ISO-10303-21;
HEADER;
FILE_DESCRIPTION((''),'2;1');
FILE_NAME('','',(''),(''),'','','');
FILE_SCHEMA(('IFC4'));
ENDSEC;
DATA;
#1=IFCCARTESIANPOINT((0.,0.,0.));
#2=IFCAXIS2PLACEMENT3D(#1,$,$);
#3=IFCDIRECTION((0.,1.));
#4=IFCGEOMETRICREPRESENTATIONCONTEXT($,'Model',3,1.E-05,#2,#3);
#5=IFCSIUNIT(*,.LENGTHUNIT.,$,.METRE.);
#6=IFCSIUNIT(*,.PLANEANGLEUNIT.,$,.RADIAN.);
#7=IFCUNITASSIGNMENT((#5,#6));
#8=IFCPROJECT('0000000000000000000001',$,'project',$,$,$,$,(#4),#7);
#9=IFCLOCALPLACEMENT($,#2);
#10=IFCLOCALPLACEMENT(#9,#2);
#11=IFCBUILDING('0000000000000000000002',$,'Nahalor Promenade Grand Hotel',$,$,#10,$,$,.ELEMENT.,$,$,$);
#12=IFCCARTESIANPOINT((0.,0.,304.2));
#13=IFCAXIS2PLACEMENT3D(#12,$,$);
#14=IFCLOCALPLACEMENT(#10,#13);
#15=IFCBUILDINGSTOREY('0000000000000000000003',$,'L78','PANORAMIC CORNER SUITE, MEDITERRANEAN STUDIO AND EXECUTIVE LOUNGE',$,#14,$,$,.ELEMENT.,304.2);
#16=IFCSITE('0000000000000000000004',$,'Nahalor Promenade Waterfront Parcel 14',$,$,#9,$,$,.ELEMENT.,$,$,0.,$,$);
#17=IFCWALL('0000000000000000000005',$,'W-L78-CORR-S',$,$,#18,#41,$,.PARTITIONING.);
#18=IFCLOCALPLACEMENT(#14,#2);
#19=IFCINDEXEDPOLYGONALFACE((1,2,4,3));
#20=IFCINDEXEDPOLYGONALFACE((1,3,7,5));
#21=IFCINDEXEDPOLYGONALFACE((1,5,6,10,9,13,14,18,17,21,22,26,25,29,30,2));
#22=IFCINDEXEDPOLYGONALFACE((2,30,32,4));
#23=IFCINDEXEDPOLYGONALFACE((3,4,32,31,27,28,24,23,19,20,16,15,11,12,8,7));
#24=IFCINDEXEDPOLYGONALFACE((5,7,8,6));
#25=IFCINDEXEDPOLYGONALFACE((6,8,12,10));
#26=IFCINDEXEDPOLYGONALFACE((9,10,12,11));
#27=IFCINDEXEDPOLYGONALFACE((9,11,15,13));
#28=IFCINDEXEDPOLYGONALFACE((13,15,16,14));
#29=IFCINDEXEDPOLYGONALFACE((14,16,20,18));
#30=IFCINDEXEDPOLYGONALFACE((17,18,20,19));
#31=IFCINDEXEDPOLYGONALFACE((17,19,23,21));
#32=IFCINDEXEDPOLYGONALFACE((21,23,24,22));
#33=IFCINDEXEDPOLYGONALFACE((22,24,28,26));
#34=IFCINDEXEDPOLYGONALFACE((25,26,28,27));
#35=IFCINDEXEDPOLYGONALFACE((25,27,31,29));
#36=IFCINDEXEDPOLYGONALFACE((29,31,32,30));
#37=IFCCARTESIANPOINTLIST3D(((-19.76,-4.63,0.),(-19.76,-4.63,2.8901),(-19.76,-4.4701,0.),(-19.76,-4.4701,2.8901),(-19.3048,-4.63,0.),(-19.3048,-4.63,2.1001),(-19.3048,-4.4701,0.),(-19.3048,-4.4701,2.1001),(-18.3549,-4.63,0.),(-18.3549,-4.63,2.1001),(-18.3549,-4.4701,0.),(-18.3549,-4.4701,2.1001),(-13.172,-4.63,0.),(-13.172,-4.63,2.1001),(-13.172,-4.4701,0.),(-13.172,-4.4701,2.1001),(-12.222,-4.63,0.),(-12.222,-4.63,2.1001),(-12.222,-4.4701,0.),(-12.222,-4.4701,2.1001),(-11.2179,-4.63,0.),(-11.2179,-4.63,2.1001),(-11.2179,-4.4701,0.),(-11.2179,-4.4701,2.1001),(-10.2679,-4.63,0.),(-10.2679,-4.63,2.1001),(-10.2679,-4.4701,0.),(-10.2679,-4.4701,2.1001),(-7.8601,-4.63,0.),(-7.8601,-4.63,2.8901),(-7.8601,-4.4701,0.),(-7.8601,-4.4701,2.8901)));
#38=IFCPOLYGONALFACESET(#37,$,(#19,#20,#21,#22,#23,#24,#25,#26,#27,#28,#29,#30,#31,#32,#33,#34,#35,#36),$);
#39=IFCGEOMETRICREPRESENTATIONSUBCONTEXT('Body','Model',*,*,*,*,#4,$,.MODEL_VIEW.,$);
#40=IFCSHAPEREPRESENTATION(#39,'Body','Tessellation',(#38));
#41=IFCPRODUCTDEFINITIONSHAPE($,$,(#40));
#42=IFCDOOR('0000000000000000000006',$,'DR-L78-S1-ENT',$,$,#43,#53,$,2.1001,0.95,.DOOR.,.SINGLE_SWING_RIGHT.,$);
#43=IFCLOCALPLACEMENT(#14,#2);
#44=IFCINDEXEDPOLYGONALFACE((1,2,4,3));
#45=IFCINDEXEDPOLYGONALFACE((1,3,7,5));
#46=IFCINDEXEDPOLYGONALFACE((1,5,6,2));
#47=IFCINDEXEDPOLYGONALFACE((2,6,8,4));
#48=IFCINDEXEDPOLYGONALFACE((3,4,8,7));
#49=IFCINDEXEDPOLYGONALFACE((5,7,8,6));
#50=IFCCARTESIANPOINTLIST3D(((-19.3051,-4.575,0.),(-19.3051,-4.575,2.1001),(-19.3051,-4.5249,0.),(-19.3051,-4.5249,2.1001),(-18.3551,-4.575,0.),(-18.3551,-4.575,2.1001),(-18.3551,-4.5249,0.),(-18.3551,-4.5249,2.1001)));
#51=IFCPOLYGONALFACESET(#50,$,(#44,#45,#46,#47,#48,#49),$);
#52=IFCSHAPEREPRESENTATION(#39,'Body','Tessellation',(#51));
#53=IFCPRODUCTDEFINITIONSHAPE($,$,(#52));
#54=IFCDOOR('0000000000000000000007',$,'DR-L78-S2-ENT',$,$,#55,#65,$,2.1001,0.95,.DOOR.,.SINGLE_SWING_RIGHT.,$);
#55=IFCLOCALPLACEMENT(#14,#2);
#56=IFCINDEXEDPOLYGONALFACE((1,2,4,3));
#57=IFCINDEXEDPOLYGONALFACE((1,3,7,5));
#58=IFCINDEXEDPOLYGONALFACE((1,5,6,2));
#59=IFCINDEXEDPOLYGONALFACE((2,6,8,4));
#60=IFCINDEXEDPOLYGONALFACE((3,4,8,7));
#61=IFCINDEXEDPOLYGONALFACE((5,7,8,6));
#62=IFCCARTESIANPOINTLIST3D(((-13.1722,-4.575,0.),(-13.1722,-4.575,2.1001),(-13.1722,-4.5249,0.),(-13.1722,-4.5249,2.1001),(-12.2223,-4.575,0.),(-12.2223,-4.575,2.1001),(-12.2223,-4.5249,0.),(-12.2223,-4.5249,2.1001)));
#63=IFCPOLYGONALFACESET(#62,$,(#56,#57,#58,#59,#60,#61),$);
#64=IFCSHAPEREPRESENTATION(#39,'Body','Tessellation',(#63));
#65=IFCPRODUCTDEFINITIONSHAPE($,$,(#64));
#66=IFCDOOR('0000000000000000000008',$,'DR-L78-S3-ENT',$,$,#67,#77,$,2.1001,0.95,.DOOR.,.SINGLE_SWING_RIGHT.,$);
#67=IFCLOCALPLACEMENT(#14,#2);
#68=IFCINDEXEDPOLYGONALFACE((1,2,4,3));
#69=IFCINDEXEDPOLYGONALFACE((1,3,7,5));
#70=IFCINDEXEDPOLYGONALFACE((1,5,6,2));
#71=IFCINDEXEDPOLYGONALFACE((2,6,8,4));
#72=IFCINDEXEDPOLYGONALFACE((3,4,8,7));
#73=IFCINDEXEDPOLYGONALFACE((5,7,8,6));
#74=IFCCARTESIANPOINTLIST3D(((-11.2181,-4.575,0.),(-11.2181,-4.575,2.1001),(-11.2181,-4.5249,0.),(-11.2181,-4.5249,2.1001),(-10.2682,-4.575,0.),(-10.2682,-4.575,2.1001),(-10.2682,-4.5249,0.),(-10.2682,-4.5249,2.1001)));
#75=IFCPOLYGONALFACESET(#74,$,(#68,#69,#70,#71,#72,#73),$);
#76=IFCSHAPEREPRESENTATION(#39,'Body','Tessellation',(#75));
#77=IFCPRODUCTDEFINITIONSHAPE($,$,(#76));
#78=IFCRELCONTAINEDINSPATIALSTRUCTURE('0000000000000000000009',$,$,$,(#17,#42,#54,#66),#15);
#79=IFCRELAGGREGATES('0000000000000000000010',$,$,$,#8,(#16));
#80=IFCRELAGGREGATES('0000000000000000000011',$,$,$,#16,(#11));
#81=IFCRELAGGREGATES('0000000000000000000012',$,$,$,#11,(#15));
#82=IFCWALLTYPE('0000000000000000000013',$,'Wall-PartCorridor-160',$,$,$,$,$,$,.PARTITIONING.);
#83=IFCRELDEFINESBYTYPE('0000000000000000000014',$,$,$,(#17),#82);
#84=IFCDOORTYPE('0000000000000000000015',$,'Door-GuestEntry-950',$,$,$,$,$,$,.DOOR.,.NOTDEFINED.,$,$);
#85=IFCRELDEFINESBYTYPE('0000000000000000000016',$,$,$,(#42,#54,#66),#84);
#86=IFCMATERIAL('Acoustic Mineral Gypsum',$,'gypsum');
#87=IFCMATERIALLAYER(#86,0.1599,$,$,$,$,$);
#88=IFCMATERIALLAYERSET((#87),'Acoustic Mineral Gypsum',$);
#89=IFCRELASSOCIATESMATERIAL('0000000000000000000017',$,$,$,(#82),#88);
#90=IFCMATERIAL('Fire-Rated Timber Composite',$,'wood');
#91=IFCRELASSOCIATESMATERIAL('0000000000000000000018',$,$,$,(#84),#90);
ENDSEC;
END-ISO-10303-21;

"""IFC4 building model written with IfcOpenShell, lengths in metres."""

from ifc_helpers import new_model, si_unit, direction, frame, frame_2d, origin, place, context, subcontext, project, spatial, rectangle, extrude, source, transform, mapped, material, layer, layer_set, type_object, element, fill, save


model = new_model("IFC4")

# Units and contexts
model_context = context("Model", 3, precision=1e-05, world=origin(), true_north=direction((0.0, 1.0)))
body_context = subcontext(model_context, "Body", "Model", "MODEL_VIEW")
ifc_project = project(units=[si_unit("LENGTHUNIT", "METRE"), si_unit("PLANEANGLEUNIT", "RADIAN")], contexts=[model_context])

# Site, building, storey
site_placement = place(None, origin())
site = spatial("IfcSite", under=ifc_project, at=site_placement, Name="Nahalor Promenade Waterfront Parcel 14", CompositionType="ELEMENT", RefElevation=0.0)
building_placement = place(site_placement, origin())
building = spatial("IfcBuilding", under=site, at=building_placement, Name="Nahalor Promenade Grand Hotel", CompositionType="ELEMENT")
storey_placement = place(building_placement, frame((0.0, 0.0, 304.2)))
storey = spatial("IfcBuildingStorey", under=building, at=storey_placement, Name="L78", Description="PANORAMIC CORNER SUITE, MEDITERRANEAN STUDIO AND EXECUTIVE LOUNGE", CompositionType="ELEMENT", Elevation=304.2)

# Wall, openings, doors
ifc_material_1 = material(Name="Acoustic Mineral Gypsum", Category="gypsum")
ifc_layer_1 = layer(ifc_material_1, 0.1599)
ifc_layer_set_1 = layer_set([ifc_layer_1], Name="Acoustic Mineral Gypsum")
wall_type = type_object("IfcWallType", Name="Wall-PartCorridor-160", PredefinedType="PARTITIONING", material=ifc_layer_set_1)
shared_shape_1 = source(origin(), body_context, "Body", "SweptSolid", [
    extrude(rectangle(XDim=11.8999, YDim=0.1599, at=frame_2d((5.95, 0.0))), origin(), (0.0, 0.0, 1.0), 2.8901),
])
wall_placement = place(storey_placement, frame((-19.76, -4.55, 0.0), z_axis=(0.0, 0.0, 1.0), x_axis=(1.0, 0.0, 0.0)))
wall = element("IfcWall", 1, at=wall_placement, inside=storey, type_object=wall_type, Name="W-L78-CORR-S", PredefinedType="PARTITIONING", context=body_context, shape_type="MappedRepresentation", body=[
    mapped(shared_shape_1, transform((0.0, 0.0, 0.0), scale=1.0)),
])
opening_1_placement = place(wall_placement, frame((0.4551, 0.0, 0.0)))
opening_1 = element("IfcOpeningElement", 2, at=opening_1_placement, cuts=wall, PredefinedType="OPENING", context=body_context, shape_type="SweptSolid", body=[
    extrude(rectangle(XDim=0.95, YDim=2.1001, at=frame_2d((0.4751, 1.05))), frame((0.0, 0.0898, 0.0), z_axis=(0.0, -1.0, 0.0), x_axis=(1.0, 0.0, 0.0)), (0.0, 0.0, 1.0), 0.1799),
])
opening_2_placement = place(wall_placement, frame((6.5879, 0.0, 0.0)))
opening_2 = element("IfcOpeningElement", 3, at=opening_2_placement, cuts=wall, PredefinedType="OPENING", context=body_context, shape_type="SweptSolid", body=[
    extrude(rectangle(XDim=0.95, YDim=2.1001, at=frame_2d((0.4751, 1.05))), frame((0.0, 0.0898, 0.0), z_axis=(0.0, -1.0, 0.0), x_axis=(1.0, 0.0, 0.0)), (0.0, 0.0, 1.0), 0.1799),
])
opening_3_placement = place(wall_placement, frame((8.542, 0.0, 0.0)))
opening_3 = element("IfcOpeningElement", 4, at=opening_3_placement, cuts=wall, PredefinedType="OPENING", context=body_context, shape_type="SweptSolid", body=[
    extrude(rectangle(XDim=0.95, YDim=2.1001, at=frame_2d((0.4751, 1.05))), frame((0.0, 0.0898, 0.0), z_axis=(0.0, -1.0, 0.0), x_axis=(1.0, 0.0, 0.0)), (0.0, 0.0, 1.0), 0.1799),
])
ifc_material_2 = material(Name="Fire-Rated Timber Composite", Category="wood")
door_type = type_object("IfcDoorType", Name="Door-GuestEntry-950", OperationType="NOTDEFINED", PredefinedType="DOOR", material=ifc_material_2)
shared_shape_2 = source(origin(), body_context, "Body", "SweptSolid", [
    extrude(rectangle(XDim=0.95, YDim=2.1001, at=frame_2d((0.4751, 1.05))), frame((0.0, 0.0249, 0.0), z_axis=(0.0, -1.0, 0.0), x_axis=(1.0, 0.0, 0.0)), (0.0, 0.0, 1.0), 0.05),
])
door_1_placement = place(opening_1_placement, frame((0.95, 0.0, 0.0), z_axis=(0.0, 0.0, 1.0), x_axis=(-1.0, 0.0, 0.0)))
door_1 = element("IfcDoor", 5, at=door_1_placement, inside=storey, type_object=door_type, Name="DR-L78-S1-ENT", OperationType="SINGLE_SWING_RIGHT", OverallHeight=2.1001, OverallWidth=0.95, PredefinedType="DOOR", context=body_context, shape_type="MappedRepresentation", body=[
    mapped(shared_shape_2, transform((0.0, 0.0, 0.0), scale=1.0)),
])
fill(opening_1, door_1)
door_2_placement = place(opening_2_placement, frame((0.95, 0.0, 0.0), z_axis=(0.0, 0.0, 1.0), x_axis=(-1.0, 0.0, 0.0)))
door_2 = element("IfcDoor", 6, at=door_2_placement, inside=storey, type_object=door_type, Name="DR-L78-S2-ENT", OperationType="SINGLE_SWING_RIGHT", OverallHeight=2.1001, OverallWidth=0.95, PredefinedType="DOOR", context=body_context, shape_type="MappedRepresentation", body=[
    mapped(shared_shape_2, transform((0.0, 0.0, 0.0), scale=1.0)),
])
fill(opening_2, door_2)
door_3_placement = place(opening_3_placement, frame((0.95, 0.0, 0.0), z_axis=(0.0, 0.0, 1.0), x_axis=(-1.0, 0.0, 0.0)))
door_3 = element("IfcDoor", 7, at=door_3_placement, inside=storey, type_object=door_type, Name="DR-L78-S3-ENT", OperationType="SINGLE_SWING_RIGHT", OverallHeight=2.1001, OverallWidth=0.95, PredefinedType="DOOR", context=body_context, shape_type="MappedRepresentation", body=[
    mapped(shared_shape_2, transform((0.0, 0.0, 0.0), scale=1.0)),
])
fill(opening_3, door_3)

save(model, "model.ifc")
